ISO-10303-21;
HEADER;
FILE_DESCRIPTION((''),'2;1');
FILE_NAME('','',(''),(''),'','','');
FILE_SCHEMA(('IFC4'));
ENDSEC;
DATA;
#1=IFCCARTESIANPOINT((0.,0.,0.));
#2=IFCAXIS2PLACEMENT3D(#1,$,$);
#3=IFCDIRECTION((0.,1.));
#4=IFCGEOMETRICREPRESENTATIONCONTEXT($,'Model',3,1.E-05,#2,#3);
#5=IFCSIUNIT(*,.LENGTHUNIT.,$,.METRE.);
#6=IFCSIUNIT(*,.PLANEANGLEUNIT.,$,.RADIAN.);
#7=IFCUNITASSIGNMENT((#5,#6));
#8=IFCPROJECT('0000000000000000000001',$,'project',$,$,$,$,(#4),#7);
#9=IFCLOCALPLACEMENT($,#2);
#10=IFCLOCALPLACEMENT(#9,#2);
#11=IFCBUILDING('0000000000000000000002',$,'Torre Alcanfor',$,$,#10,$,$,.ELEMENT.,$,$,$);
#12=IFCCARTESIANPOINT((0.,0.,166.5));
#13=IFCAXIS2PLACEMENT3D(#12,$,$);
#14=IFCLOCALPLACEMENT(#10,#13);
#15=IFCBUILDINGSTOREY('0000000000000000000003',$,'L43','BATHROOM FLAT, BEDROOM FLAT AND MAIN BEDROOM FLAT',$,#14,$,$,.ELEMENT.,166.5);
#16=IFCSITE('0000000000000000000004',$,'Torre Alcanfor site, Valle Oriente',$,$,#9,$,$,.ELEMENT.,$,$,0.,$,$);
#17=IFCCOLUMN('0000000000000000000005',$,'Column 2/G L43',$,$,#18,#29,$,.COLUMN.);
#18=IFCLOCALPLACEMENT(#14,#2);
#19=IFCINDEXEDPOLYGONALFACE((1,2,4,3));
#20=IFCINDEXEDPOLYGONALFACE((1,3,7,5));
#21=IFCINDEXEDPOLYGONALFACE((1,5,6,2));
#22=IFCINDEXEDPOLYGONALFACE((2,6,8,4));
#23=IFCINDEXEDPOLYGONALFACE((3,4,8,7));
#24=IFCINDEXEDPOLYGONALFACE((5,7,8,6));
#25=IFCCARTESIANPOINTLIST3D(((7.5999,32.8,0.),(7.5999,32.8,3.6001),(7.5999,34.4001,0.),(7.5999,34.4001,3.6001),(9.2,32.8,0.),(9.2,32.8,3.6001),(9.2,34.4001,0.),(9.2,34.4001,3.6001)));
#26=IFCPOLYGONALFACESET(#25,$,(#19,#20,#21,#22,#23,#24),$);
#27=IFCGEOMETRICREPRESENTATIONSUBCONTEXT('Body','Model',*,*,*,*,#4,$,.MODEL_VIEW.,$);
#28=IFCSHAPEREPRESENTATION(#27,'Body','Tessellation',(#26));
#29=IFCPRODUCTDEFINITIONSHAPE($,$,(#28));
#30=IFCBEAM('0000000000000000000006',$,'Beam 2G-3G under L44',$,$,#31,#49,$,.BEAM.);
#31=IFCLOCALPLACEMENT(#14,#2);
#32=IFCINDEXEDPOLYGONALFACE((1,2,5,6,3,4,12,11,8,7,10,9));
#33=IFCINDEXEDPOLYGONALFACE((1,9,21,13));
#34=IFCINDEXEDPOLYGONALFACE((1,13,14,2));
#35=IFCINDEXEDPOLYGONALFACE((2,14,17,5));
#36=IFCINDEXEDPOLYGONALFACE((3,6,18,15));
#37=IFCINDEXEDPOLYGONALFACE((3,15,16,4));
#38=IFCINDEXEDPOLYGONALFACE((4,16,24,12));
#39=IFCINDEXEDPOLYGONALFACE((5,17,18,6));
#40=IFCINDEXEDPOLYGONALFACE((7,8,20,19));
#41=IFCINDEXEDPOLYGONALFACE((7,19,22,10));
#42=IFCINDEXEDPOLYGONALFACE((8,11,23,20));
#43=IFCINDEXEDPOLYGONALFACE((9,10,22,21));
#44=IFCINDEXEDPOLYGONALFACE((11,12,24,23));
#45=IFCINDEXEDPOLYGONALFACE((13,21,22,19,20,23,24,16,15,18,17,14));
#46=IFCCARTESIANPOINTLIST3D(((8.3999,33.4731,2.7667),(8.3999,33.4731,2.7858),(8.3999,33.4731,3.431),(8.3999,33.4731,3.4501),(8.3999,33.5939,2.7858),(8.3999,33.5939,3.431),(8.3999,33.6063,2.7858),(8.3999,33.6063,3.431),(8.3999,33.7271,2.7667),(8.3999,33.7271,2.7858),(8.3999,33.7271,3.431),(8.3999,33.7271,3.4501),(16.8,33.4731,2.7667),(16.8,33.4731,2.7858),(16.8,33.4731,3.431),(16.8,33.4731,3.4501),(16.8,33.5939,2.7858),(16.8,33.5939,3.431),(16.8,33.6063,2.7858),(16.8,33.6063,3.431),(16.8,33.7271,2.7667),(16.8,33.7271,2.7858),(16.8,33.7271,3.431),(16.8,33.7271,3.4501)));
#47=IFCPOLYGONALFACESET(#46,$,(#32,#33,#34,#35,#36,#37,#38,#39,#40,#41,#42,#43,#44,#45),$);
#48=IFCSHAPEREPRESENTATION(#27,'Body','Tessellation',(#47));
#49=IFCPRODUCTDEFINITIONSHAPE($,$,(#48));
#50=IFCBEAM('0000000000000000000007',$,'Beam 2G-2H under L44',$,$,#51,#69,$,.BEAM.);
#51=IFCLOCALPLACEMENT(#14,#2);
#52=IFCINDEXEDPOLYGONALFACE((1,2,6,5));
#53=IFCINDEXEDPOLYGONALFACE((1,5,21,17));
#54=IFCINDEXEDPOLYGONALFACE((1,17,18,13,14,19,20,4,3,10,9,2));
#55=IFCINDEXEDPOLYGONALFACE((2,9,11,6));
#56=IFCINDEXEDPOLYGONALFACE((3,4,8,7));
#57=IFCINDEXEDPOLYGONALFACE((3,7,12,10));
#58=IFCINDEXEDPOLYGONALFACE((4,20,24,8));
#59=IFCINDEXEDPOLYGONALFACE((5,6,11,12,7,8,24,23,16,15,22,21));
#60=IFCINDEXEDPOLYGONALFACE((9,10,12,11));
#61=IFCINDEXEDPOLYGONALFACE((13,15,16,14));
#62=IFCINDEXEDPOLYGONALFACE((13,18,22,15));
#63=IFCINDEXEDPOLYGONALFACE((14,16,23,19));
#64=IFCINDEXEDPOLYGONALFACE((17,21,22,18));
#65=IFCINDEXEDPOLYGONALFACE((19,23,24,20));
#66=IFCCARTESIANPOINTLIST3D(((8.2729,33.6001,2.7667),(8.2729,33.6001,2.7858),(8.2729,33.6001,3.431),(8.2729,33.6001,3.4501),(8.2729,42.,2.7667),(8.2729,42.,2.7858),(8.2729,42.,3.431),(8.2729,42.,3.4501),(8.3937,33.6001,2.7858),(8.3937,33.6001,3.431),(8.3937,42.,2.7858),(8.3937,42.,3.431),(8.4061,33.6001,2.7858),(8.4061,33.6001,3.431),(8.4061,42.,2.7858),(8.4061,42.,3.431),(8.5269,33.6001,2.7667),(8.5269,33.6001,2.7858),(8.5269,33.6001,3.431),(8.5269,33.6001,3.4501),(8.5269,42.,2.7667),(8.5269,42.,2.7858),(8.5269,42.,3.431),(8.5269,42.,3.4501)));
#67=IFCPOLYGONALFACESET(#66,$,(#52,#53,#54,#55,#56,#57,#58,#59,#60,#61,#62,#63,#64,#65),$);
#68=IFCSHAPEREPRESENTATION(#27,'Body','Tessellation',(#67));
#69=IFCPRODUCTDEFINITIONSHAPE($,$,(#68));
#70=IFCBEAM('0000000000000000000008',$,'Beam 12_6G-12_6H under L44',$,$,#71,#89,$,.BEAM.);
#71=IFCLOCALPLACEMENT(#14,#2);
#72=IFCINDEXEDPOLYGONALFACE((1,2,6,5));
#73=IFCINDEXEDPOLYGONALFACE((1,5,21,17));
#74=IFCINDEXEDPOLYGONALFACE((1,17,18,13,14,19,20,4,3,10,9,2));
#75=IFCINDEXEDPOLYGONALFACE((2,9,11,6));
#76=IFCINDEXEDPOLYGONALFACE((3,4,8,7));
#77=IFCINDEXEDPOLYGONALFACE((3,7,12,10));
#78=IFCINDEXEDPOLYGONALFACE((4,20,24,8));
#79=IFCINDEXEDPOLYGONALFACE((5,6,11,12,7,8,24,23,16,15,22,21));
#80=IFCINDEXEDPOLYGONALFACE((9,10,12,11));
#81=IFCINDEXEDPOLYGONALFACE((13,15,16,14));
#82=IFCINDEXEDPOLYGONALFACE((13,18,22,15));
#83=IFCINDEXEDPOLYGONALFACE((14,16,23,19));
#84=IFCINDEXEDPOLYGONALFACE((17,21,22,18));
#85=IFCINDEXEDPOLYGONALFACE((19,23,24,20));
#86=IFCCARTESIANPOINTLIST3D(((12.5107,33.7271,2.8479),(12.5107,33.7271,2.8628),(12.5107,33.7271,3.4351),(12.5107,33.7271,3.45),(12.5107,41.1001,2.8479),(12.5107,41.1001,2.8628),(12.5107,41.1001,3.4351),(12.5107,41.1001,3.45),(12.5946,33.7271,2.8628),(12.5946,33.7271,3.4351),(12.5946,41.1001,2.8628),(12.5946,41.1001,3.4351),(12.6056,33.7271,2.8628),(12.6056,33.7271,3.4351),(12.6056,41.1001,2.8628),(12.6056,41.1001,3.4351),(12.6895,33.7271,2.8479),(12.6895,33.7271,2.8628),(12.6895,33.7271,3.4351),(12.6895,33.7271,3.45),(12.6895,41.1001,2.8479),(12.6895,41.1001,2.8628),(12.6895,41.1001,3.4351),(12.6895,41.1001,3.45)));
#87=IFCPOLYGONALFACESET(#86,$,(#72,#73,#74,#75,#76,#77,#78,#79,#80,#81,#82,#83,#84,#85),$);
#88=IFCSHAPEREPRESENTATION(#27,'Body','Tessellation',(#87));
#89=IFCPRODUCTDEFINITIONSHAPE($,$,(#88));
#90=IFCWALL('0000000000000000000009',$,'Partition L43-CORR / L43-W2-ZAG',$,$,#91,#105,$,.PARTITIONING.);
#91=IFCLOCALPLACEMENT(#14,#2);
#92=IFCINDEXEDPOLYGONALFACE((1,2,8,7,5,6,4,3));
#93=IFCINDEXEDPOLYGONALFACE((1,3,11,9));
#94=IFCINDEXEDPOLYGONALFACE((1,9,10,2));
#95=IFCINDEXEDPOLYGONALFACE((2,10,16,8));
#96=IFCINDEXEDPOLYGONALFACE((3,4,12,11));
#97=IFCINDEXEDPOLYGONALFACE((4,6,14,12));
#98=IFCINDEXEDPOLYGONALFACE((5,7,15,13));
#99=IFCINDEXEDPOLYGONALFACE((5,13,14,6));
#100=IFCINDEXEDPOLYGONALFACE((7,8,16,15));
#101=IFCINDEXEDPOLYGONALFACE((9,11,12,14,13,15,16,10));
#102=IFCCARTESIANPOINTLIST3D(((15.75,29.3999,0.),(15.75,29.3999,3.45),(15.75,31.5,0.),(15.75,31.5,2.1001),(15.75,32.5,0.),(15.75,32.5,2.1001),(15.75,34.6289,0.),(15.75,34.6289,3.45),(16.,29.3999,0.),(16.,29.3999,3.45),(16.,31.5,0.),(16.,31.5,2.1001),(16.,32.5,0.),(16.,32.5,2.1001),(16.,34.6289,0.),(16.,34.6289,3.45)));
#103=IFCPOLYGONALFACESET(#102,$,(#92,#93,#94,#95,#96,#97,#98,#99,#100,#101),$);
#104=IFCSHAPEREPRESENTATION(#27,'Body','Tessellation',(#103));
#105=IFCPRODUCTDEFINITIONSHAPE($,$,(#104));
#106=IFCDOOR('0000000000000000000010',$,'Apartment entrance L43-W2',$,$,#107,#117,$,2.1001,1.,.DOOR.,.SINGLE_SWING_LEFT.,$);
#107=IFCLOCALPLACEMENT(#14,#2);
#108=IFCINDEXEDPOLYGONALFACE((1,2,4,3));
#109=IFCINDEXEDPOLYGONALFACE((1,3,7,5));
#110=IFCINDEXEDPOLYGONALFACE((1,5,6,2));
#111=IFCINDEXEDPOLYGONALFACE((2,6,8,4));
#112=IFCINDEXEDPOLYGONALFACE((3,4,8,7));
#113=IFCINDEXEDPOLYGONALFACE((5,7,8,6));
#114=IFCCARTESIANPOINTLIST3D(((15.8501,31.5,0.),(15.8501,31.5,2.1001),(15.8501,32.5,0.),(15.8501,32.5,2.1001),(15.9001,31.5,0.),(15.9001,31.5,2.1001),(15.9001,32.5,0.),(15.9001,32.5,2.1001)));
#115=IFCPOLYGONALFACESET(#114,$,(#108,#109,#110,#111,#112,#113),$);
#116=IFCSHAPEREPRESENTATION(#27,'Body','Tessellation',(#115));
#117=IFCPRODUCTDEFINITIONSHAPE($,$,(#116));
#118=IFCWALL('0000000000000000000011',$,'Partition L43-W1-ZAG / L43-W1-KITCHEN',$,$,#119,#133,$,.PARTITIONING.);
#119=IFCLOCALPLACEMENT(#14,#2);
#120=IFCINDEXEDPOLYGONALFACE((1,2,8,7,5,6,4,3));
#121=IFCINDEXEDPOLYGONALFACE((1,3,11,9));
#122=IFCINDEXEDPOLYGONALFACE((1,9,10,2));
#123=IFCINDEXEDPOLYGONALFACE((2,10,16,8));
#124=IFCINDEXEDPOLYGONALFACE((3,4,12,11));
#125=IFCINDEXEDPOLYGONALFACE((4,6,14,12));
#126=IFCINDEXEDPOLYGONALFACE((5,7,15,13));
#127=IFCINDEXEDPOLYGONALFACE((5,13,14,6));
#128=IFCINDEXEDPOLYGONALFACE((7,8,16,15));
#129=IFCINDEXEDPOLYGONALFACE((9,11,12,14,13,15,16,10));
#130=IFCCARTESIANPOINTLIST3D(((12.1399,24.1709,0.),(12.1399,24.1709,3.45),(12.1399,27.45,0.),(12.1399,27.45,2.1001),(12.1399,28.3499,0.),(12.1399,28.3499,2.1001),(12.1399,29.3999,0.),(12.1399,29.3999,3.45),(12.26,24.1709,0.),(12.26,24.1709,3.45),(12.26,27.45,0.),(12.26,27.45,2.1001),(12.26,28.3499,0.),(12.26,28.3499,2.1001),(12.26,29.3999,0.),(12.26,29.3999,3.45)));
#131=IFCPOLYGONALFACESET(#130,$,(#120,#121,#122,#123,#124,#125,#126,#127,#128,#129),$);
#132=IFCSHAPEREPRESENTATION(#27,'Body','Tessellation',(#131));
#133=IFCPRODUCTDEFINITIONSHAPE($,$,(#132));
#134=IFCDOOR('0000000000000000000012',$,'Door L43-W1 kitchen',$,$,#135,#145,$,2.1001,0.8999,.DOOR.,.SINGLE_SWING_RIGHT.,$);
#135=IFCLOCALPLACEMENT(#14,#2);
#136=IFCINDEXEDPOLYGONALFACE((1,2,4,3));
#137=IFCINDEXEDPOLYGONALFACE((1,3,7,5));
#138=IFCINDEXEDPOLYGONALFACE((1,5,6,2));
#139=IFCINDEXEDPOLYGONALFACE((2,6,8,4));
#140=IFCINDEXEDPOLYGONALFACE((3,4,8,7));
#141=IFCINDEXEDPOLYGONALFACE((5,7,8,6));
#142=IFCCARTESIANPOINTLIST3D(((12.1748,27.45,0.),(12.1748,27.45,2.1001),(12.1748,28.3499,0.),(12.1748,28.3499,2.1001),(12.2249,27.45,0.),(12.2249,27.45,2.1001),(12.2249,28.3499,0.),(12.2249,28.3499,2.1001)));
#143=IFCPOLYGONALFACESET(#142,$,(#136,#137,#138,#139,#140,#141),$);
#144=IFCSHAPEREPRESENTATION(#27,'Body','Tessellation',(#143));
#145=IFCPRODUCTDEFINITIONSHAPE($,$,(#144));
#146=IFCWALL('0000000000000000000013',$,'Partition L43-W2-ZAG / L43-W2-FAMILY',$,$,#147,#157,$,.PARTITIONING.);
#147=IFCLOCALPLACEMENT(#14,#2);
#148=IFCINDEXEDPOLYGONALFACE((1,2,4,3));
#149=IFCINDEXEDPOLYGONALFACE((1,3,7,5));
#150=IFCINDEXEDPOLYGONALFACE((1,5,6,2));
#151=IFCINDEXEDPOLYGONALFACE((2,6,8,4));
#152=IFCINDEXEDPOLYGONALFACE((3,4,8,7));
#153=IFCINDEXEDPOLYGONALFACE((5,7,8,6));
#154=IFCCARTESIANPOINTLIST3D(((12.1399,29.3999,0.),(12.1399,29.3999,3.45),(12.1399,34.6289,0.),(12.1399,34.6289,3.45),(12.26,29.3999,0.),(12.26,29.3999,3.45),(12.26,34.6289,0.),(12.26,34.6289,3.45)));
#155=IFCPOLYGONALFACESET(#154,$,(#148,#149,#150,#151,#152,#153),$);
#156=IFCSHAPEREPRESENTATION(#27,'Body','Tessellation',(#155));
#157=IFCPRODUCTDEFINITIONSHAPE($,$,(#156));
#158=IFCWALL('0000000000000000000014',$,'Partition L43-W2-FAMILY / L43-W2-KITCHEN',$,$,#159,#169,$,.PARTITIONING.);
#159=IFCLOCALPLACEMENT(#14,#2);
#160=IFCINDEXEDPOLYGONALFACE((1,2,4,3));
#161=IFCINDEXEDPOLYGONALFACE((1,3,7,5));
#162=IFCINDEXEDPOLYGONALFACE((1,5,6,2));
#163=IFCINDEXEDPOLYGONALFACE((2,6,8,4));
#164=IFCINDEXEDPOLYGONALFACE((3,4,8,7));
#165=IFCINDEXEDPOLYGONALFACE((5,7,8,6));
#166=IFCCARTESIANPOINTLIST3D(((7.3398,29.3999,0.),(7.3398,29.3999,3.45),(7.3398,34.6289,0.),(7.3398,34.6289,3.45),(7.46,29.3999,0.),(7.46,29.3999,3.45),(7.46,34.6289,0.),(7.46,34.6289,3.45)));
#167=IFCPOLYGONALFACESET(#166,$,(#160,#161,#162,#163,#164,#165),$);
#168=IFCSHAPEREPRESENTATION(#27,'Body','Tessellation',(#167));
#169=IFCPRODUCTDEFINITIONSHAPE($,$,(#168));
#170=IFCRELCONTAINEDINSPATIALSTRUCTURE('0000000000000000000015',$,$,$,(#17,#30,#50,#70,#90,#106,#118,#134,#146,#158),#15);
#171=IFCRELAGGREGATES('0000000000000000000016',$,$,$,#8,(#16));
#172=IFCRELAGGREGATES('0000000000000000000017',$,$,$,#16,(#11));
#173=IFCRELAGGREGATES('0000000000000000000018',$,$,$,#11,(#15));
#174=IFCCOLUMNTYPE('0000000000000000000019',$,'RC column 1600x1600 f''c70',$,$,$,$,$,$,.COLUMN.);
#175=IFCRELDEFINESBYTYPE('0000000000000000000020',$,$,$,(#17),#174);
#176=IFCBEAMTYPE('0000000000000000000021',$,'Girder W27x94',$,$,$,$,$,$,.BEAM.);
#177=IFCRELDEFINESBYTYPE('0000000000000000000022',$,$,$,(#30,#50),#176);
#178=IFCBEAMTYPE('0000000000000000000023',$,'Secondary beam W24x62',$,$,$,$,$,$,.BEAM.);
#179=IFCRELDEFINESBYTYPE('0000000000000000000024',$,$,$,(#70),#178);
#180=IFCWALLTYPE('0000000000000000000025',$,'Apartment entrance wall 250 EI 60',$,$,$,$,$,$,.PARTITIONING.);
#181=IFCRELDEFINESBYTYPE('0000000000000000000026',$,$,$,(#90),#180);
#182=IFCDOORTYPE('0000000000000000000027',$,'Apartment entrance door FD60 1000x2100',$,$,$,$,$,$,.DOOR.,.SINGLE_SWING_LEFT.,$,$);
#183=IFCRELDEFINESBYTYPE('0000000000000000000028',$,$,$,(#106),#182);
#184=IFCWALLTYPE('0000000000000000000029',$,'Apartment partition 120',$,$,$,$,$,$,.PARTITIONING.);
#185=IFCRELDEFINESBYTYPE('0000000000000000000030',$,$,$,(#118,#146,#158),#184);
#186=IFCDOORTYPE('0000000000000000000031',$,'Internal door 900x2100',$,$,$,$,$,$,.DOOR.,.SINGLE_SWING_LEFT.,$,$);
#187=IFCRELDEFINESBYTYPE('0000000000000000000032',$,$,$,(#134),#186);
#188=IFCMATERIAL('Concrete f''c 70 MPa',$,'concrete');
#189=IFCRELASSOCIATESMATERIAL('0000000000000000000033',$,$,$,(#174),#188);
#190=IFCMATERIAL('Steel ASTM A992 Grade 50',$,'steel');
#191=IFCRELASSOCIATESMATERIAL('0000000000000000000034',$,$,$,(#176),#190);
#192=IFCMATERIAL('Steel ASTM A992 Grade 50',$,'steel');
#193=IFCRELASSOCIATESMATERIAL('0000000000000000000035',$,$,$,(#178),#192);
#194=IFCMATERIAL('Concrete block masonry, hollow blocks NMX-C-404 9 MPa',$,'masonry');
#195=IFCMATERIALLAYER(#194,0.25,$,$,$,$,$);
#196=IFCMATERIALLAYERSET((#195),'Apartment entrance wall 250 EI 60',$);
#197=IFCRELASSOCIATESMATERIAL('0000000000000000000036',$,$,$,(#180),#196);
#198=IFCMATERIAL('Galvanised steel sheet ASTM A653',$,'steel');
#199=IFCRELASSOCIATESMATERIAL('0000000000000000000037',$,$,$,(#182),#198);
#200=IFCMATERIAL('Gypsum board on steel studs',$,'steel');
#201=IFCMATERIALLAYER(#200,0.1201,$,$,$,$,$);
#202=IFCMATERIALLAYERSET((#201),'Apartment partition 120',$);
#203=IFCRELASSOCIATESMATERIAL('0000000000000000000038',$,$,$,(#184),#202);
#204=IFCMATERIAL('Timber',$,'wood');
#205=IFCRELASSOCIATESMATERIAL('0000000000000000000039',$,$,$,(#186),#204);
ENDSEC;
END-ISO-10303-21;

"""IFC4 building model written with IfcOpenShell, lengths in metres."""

from ifc_helpers import new_model, si_unit, direction, frame, frame_2d, origin, origin_2d, place, context, subcontext, project, spatial, rectangle, i_section, extrude, material, layer, layer_set, material_profile, profile_set, type_object, element, fill, save


model = new_model("IFC4")

# Units and contexts
model_context = context("Model", 3, precision=1e-05, world=origin(), true_north=direction((0.0, 1.0)))
body_context = subcontext(model_context, "Body", "Model", "MODEL_VIEW")
ifc_project = project(units=[si_unit("LENGTHUNIT", "METRE"), si_unit("PLANEANGLEUNIT", "RADIAN")], contexts=[model_context])

# Site, building, storey
site_placement = place(None, origin())
site = spatial("IfcSite", under=ifc_project, at=site_placement, Name="Torre Alcanfor site, Valle Oriente", CompositionType="ELEMENT", RefElevation=0.0)
building_placement = place(site_placement, origin())
building = spatial("IfcBuilding", under=site, at=building_placement, Name="Torre Alcanfor", CompositionType="ELEMENT")
storey_placement = place(building_placement, frame((0.0, 0.0, 166.5)))
storey = spatial("IfcBuildingStorey", under=building, at=storey_placement, Name="L43", Description="BATHROOM FLAT, BEDROOM FLAT AND MAIN BEDROOM FLAT", CompositionType="ELEMENT", Elevation=166.5)

# Column
ifc_material_1 = material(Name="Concrete f'c 70 MPa", Category="concrete")
ifc_material_profile_1 = material_profile(ifc_material_1, rectangle(XDim=1.6001, YDim=1.6001, at=origin_2d()), Name="1600x1600")
ifc_profile_set_1 = profile_set([ifc_material_profile_1], Name="Concrete f'c 70 MPa")
column_type = type_object("IfcColumnType", Name="RC column 1600x1600 f'c70", PredefinedType="COLUMN", material=ifc_profile_set_1)
column_placement = place(storey_placement, frame((8.3999, 33.6001, 0.0), z_axis=(0.0, 0.0, 1.0), x_axis=(1.0, 0.0, 0.0)))
element("IfcColumn", 1, at=column_placement, inside=storey, type_object=column_type, Name="Column 2/G L43", PredefinedType="COLUMN", context=body_context, shape_type="SweptSolid", body=[
    extrude(rectangle(XDim=1.6001, YDim=1.6001, at=origin_2d()), origin(), (0.0, 0.0, 1.0), 3.6001),
])

# Beams
ifc_material_2 = material(Name="Steel ASTM A992 Grade 50", Category="steel")
ifc_material_profile_2 = material_profile(ifc_material_2, i_section(OverallWidth=0.2539, OverallDepth=0.6833, WebThickness=0.0125, FlangeThickness=0.019, at=origin_2d()), Name="W27x94")
ifc_profile_set_2 = profile_set([ifc_material_profile_2], Name="Steel ASTM A992 Grade 50")
beam_type_1 = type_object("IfcBeamType", Name="Girder W27x94", PredefinedType="BEAM", material=ifc_profile_set_2)
beam_1_placement = place(storey_placement, frame((8.3999, 33.6001, 3.1084), z_axis=(1.0, 0.0, 0.0), x_axis=(0.0, 1.0, 0.0)))
element("IfcBeam", 2, at=beam_1_placement, inside=storey, type_object=beam_type_1, Name="Beam 2G-3G under L44", PredefinedType="BEAM", context=body_context, shape_type="SweptSolid", body=[
    extrude(i_section(OverallWidth=0.2539, OverallDepth=0.6833, WebThickness=0.0125, FlangeThickness=0.019, at=origin_2d()), origin(), (0.0, 0.0, 1.0), 8.4001),
])
beam_2_placement = place(storey_placement, frame((8.3999, 33.6001, 3.1084), z_axis=(0.0, 1.0, 0.0), x_axis=(-1.0, 0.0, 0.0)))
element("IfcBeam", 3, at=beam_2_placement, inside=storey, type_object=beam_type_1, Name="Beam 2G-2H under L44", PredefinedType="BEAM", context=body_context, shape_type="SweptSolid", body=[
    extrude(i_section(OverallWidth=0.2539, OverallDepth=0.6833, WebThickness=0.0125, FlangeThickness=0.019, at=origin_2d()), origin(), (0.0, 0.0, 1.0), 8.3999),
])
ifc_material_3 = material(Name="Steel ASTM A992 Grade 50", Category="steel")
ifc_material_profile_3 = material_profile(ifc_material_3, i_section(OverallWidth=0.1787, OverallDepth=0.6021, WebThickness=0.011, FlangeThickness=0.0149, at=origin_2d()), Name="W24x62")
ifc_profile_set_3 = profile_set([ifc_material_profile_3], Name="Steel ASTM A992 Grade 50")
beam_type_2 = type_object("IfcBeamType", Name="Secondary beam W24x62", PredefinedType="BEAM", material=ifc_profile_set_3)
beam_3_placement = place(storey_placement, frame((12.6001, 33.7271, 3.1489), z_axis=(0.0, 1.0, 0.0), x_axis=(-1.0, 0.0, 0.0)))
element("IfcBeam", 4, at=beam_3_placement, inside=storey, type_object=beam_type_2, Name="Beam 12_6G-12_6H under L44", PredefinedType="BEAM", context=body_context, shape_type="SweptSolid", body=[
    extrude(i_section(OverallWidth=0.1787, OverallDepth=0.6021, WebThickness=0.011, FlangeThickness=0.0149, at=origin_2d()), origin(), (0.0, 0.0, 1.0), 7.373),
])

# Walls, openings, doors
ifc_material_4 = material(Name="Concrete block masonry, hollow blocks NMX-C-404 9 MPa", Category="masonry")
ifc_layer_1 = layer(ifc_material_4, 0.25)
ifc_layer_set_1 = layer_set([ifc_layer_1], Name="Apartment entrance wall 250 EI 60")
wall_type_1 = type_object("IfcWallType", Name="Apartment entrance wall 250 EI 60", PredefinedType="PARTITIONING", material=ifc_layer_set_1)
wall_1_placement = place(storey_placement, frame((15.875, 29.3999, 0.0), z_axis=(0.0, 0.0, 1.0), x_axis=(0.0, 1.0, 0.0)))
wall_1 = element("IfcWall", 5, at=wall_1_placement, inside=storey, type_object=wall_type_1, Name="Partition L43-CORR / L43-W2-ZAG", PredefinedType="PARTITIONING", context=body_context, shape_type="SweptSolid", body=[
    extrude(rectangle(XDim=5.229, YDim=0.25, at=frame_2d((2.6145, 0.0))), origin(), (0.0, 0.0, 1.0), 3.45),
])
opening_1_placement = place(wall_1_placement, frame((2.1001, 0.0, 0.0)))
opening_1 = element("IfcOpeningElement", 6, at=opening_1_placement, cuts=wall_1, PredefinedType="OPENING", context=body_context, shape_type="SweptSolid", body=[
    extrude(rectangle(XDim=1.0, YDim=2.1001, at=frame_2d((0.5, 1.05))), frame((0.0, 0.135, 0.0), z_axis=(0.0, -1.0, 0.0), x_axis=(1.0, 0.0, 0.0)), (0.0, 0.0, 1.0), 0.27),
])
ifc_material_5 = material(Name="Galvanised steel sheet ASTM A653", Category="steel")
door_type_1 = type_object("IfcDoorType", Name="Apartment entrance door FD60 1000x2100", OperationType="SINGLE_SWING_LEFT", PredefinedType="DOOR", material=ifc_material_5)
door_1_placement = place(opening_1_placement, origin())
door_1 = element("IfcDoor", 7, at=door_1_placement, inside=storey, type_object=door_type_1, Name="Apartment entrance L43-W2", OperationType="SINGLE_SWING_LEFT", OverallHeight=2.1001, OverallWidth=1.0, PredefinedType="DOOR", context=body_context, shape_type="SweptSolid", body=[
    extrude(rectangle(XDim=1.0, YDim=2.1001, at=frame_2d((0.5, 1.05))), frame((0.0, 0.0249, 0.0), z_axis=(0.0, -1.0, 0.0), x_axis=(1.0, 0.0, 0.0)), (0.0, 0.0, 1.0), 0.05),
])
fill(opening_1, door_1)
ifc_material_6 = material(Name="Gypsum board on steel studs", Category="steel")
ifc_layer_2 = layer(ifc_material_6, 0.1201)
ifc_layer_set_2 = layer_set([ifc_layer_2], Name="Apartment partition 120")
wall_type_2 = type_object("IfcWallType", Name="Apartment partition 120", PredefinedType="PARTITIONING", material=ifc_layer_set_2)
wall_2_placement = place(storey_placement, frame((12.2, 29.3999, 0.0), z_axis=(0.0, 0.0, 1.0), x_axis=(0.0, -1.0, 0.0)))
wall_2 = element("IfcWall", 8, at=wall_2_placement, inside=storey, type_object=wall_type_2, Name="Partition L43-W1-ZAG / L43-W1-KITCHEN", PredefinedType="PARTITIONING", context=body_context, shape_type="SweptSolid", body=[
    extrude(rectangle(XDim=5.229, YDim=0.1201, at=frame_2d((2.6145, 0.0))), origin(), (0.0, 0.0, 1.0), 3.45),
])
opening_2_placement = place(wall_2_placement, frame((1.05, 0.0, 0.0)))
opening_2 = element("IfcOpeningElement", 9, at=opening_2_placement, cuts=wall_2, PredefinedType="OPENING", context=body_context, shape_type="SweptSolid", body=[
    extrude(rectangle(XDim=0.8999, YDim=2.1001, at=frame_2d((0.45, 1.05))), frame((0.0, 0.0701, 0.0), z_axis=(0.0, -1.0, 0.0), x_axis=(1.0, 0.0, 0.0)), (0.0, 0.0, 1.0), 0.1401),
])
ifc_material_7 = material(Name="Timber", Category="wood")
door_type_2 = type_object("IfcDoorType", Name="Internal door 900x2100", OperationType="SINGLE_SWING_LEFT", PredefinedType="DOOR", material=ifc_material_7)
door_2_placement = place(opening_2_placement, frame((0.8999, 0.0, 0.0), z_axis=(0.0, 0.0, 1.0), x_axis=(-1.0, 0.0, 0.0)))
door_2 = element("IfcDoor", 10, at=door_2_placement, inside=storey, type_object=door_type_2, Name="Door L43-W1 kitchen", OperationType="SINGLE_SWING_RIGHT", OverallHeight=2.1001, OverallWidth=0.8999, PredefinedType="DOOR", context=body_context, shape_type="SweptSolid", body=[
    extrude(rectangle(XDim=0.8999, YDim=2.1001, at=frame_2d((0.45, 1.05))), frame((0.0, 0.0251, 0.0), z_axis=(0.0, -1.0, 0.0), x_axis=(1.0, 0.0, 0.0)), (0.0, 0.0, 1.0), 0.05),
])
fill(opening_2, door_2)

# Walls
for number, where, z_axis, x_axis, name in (
    (11, (12.2, 29.3999, 0.0), (0.0, 0.0, 1.0), (0.0, 1.0, 0.0), "Partition L43-W2-ZAG / L43-W2-FAMILY"),
    (12, (7.3999, 29.3999, 0.0), (0.0, 0.0, 1.0), (0.0, 1.0, 0.0), "Partition L43-W2-FAMILY / L43-W2-KITCHEN"),
):
    element("IfcWall", number, at=place(storey_placement, frame(where, z_axis=z_axis, x_axis=x_axis)), inside=storey, type_object=wall_type_2, Name=name, PredefinedType="PARTITIONING", context=body_context, shape_type="SweptSolid", body=[
        extrude(rectangle(XDim=5.229, YDim=0.1201, at=frame_2d((2.6145, 0.0))), origin(), (0.0, 0.0, 1.0), 3.45),
    ])

save(model, "model.ifc")
